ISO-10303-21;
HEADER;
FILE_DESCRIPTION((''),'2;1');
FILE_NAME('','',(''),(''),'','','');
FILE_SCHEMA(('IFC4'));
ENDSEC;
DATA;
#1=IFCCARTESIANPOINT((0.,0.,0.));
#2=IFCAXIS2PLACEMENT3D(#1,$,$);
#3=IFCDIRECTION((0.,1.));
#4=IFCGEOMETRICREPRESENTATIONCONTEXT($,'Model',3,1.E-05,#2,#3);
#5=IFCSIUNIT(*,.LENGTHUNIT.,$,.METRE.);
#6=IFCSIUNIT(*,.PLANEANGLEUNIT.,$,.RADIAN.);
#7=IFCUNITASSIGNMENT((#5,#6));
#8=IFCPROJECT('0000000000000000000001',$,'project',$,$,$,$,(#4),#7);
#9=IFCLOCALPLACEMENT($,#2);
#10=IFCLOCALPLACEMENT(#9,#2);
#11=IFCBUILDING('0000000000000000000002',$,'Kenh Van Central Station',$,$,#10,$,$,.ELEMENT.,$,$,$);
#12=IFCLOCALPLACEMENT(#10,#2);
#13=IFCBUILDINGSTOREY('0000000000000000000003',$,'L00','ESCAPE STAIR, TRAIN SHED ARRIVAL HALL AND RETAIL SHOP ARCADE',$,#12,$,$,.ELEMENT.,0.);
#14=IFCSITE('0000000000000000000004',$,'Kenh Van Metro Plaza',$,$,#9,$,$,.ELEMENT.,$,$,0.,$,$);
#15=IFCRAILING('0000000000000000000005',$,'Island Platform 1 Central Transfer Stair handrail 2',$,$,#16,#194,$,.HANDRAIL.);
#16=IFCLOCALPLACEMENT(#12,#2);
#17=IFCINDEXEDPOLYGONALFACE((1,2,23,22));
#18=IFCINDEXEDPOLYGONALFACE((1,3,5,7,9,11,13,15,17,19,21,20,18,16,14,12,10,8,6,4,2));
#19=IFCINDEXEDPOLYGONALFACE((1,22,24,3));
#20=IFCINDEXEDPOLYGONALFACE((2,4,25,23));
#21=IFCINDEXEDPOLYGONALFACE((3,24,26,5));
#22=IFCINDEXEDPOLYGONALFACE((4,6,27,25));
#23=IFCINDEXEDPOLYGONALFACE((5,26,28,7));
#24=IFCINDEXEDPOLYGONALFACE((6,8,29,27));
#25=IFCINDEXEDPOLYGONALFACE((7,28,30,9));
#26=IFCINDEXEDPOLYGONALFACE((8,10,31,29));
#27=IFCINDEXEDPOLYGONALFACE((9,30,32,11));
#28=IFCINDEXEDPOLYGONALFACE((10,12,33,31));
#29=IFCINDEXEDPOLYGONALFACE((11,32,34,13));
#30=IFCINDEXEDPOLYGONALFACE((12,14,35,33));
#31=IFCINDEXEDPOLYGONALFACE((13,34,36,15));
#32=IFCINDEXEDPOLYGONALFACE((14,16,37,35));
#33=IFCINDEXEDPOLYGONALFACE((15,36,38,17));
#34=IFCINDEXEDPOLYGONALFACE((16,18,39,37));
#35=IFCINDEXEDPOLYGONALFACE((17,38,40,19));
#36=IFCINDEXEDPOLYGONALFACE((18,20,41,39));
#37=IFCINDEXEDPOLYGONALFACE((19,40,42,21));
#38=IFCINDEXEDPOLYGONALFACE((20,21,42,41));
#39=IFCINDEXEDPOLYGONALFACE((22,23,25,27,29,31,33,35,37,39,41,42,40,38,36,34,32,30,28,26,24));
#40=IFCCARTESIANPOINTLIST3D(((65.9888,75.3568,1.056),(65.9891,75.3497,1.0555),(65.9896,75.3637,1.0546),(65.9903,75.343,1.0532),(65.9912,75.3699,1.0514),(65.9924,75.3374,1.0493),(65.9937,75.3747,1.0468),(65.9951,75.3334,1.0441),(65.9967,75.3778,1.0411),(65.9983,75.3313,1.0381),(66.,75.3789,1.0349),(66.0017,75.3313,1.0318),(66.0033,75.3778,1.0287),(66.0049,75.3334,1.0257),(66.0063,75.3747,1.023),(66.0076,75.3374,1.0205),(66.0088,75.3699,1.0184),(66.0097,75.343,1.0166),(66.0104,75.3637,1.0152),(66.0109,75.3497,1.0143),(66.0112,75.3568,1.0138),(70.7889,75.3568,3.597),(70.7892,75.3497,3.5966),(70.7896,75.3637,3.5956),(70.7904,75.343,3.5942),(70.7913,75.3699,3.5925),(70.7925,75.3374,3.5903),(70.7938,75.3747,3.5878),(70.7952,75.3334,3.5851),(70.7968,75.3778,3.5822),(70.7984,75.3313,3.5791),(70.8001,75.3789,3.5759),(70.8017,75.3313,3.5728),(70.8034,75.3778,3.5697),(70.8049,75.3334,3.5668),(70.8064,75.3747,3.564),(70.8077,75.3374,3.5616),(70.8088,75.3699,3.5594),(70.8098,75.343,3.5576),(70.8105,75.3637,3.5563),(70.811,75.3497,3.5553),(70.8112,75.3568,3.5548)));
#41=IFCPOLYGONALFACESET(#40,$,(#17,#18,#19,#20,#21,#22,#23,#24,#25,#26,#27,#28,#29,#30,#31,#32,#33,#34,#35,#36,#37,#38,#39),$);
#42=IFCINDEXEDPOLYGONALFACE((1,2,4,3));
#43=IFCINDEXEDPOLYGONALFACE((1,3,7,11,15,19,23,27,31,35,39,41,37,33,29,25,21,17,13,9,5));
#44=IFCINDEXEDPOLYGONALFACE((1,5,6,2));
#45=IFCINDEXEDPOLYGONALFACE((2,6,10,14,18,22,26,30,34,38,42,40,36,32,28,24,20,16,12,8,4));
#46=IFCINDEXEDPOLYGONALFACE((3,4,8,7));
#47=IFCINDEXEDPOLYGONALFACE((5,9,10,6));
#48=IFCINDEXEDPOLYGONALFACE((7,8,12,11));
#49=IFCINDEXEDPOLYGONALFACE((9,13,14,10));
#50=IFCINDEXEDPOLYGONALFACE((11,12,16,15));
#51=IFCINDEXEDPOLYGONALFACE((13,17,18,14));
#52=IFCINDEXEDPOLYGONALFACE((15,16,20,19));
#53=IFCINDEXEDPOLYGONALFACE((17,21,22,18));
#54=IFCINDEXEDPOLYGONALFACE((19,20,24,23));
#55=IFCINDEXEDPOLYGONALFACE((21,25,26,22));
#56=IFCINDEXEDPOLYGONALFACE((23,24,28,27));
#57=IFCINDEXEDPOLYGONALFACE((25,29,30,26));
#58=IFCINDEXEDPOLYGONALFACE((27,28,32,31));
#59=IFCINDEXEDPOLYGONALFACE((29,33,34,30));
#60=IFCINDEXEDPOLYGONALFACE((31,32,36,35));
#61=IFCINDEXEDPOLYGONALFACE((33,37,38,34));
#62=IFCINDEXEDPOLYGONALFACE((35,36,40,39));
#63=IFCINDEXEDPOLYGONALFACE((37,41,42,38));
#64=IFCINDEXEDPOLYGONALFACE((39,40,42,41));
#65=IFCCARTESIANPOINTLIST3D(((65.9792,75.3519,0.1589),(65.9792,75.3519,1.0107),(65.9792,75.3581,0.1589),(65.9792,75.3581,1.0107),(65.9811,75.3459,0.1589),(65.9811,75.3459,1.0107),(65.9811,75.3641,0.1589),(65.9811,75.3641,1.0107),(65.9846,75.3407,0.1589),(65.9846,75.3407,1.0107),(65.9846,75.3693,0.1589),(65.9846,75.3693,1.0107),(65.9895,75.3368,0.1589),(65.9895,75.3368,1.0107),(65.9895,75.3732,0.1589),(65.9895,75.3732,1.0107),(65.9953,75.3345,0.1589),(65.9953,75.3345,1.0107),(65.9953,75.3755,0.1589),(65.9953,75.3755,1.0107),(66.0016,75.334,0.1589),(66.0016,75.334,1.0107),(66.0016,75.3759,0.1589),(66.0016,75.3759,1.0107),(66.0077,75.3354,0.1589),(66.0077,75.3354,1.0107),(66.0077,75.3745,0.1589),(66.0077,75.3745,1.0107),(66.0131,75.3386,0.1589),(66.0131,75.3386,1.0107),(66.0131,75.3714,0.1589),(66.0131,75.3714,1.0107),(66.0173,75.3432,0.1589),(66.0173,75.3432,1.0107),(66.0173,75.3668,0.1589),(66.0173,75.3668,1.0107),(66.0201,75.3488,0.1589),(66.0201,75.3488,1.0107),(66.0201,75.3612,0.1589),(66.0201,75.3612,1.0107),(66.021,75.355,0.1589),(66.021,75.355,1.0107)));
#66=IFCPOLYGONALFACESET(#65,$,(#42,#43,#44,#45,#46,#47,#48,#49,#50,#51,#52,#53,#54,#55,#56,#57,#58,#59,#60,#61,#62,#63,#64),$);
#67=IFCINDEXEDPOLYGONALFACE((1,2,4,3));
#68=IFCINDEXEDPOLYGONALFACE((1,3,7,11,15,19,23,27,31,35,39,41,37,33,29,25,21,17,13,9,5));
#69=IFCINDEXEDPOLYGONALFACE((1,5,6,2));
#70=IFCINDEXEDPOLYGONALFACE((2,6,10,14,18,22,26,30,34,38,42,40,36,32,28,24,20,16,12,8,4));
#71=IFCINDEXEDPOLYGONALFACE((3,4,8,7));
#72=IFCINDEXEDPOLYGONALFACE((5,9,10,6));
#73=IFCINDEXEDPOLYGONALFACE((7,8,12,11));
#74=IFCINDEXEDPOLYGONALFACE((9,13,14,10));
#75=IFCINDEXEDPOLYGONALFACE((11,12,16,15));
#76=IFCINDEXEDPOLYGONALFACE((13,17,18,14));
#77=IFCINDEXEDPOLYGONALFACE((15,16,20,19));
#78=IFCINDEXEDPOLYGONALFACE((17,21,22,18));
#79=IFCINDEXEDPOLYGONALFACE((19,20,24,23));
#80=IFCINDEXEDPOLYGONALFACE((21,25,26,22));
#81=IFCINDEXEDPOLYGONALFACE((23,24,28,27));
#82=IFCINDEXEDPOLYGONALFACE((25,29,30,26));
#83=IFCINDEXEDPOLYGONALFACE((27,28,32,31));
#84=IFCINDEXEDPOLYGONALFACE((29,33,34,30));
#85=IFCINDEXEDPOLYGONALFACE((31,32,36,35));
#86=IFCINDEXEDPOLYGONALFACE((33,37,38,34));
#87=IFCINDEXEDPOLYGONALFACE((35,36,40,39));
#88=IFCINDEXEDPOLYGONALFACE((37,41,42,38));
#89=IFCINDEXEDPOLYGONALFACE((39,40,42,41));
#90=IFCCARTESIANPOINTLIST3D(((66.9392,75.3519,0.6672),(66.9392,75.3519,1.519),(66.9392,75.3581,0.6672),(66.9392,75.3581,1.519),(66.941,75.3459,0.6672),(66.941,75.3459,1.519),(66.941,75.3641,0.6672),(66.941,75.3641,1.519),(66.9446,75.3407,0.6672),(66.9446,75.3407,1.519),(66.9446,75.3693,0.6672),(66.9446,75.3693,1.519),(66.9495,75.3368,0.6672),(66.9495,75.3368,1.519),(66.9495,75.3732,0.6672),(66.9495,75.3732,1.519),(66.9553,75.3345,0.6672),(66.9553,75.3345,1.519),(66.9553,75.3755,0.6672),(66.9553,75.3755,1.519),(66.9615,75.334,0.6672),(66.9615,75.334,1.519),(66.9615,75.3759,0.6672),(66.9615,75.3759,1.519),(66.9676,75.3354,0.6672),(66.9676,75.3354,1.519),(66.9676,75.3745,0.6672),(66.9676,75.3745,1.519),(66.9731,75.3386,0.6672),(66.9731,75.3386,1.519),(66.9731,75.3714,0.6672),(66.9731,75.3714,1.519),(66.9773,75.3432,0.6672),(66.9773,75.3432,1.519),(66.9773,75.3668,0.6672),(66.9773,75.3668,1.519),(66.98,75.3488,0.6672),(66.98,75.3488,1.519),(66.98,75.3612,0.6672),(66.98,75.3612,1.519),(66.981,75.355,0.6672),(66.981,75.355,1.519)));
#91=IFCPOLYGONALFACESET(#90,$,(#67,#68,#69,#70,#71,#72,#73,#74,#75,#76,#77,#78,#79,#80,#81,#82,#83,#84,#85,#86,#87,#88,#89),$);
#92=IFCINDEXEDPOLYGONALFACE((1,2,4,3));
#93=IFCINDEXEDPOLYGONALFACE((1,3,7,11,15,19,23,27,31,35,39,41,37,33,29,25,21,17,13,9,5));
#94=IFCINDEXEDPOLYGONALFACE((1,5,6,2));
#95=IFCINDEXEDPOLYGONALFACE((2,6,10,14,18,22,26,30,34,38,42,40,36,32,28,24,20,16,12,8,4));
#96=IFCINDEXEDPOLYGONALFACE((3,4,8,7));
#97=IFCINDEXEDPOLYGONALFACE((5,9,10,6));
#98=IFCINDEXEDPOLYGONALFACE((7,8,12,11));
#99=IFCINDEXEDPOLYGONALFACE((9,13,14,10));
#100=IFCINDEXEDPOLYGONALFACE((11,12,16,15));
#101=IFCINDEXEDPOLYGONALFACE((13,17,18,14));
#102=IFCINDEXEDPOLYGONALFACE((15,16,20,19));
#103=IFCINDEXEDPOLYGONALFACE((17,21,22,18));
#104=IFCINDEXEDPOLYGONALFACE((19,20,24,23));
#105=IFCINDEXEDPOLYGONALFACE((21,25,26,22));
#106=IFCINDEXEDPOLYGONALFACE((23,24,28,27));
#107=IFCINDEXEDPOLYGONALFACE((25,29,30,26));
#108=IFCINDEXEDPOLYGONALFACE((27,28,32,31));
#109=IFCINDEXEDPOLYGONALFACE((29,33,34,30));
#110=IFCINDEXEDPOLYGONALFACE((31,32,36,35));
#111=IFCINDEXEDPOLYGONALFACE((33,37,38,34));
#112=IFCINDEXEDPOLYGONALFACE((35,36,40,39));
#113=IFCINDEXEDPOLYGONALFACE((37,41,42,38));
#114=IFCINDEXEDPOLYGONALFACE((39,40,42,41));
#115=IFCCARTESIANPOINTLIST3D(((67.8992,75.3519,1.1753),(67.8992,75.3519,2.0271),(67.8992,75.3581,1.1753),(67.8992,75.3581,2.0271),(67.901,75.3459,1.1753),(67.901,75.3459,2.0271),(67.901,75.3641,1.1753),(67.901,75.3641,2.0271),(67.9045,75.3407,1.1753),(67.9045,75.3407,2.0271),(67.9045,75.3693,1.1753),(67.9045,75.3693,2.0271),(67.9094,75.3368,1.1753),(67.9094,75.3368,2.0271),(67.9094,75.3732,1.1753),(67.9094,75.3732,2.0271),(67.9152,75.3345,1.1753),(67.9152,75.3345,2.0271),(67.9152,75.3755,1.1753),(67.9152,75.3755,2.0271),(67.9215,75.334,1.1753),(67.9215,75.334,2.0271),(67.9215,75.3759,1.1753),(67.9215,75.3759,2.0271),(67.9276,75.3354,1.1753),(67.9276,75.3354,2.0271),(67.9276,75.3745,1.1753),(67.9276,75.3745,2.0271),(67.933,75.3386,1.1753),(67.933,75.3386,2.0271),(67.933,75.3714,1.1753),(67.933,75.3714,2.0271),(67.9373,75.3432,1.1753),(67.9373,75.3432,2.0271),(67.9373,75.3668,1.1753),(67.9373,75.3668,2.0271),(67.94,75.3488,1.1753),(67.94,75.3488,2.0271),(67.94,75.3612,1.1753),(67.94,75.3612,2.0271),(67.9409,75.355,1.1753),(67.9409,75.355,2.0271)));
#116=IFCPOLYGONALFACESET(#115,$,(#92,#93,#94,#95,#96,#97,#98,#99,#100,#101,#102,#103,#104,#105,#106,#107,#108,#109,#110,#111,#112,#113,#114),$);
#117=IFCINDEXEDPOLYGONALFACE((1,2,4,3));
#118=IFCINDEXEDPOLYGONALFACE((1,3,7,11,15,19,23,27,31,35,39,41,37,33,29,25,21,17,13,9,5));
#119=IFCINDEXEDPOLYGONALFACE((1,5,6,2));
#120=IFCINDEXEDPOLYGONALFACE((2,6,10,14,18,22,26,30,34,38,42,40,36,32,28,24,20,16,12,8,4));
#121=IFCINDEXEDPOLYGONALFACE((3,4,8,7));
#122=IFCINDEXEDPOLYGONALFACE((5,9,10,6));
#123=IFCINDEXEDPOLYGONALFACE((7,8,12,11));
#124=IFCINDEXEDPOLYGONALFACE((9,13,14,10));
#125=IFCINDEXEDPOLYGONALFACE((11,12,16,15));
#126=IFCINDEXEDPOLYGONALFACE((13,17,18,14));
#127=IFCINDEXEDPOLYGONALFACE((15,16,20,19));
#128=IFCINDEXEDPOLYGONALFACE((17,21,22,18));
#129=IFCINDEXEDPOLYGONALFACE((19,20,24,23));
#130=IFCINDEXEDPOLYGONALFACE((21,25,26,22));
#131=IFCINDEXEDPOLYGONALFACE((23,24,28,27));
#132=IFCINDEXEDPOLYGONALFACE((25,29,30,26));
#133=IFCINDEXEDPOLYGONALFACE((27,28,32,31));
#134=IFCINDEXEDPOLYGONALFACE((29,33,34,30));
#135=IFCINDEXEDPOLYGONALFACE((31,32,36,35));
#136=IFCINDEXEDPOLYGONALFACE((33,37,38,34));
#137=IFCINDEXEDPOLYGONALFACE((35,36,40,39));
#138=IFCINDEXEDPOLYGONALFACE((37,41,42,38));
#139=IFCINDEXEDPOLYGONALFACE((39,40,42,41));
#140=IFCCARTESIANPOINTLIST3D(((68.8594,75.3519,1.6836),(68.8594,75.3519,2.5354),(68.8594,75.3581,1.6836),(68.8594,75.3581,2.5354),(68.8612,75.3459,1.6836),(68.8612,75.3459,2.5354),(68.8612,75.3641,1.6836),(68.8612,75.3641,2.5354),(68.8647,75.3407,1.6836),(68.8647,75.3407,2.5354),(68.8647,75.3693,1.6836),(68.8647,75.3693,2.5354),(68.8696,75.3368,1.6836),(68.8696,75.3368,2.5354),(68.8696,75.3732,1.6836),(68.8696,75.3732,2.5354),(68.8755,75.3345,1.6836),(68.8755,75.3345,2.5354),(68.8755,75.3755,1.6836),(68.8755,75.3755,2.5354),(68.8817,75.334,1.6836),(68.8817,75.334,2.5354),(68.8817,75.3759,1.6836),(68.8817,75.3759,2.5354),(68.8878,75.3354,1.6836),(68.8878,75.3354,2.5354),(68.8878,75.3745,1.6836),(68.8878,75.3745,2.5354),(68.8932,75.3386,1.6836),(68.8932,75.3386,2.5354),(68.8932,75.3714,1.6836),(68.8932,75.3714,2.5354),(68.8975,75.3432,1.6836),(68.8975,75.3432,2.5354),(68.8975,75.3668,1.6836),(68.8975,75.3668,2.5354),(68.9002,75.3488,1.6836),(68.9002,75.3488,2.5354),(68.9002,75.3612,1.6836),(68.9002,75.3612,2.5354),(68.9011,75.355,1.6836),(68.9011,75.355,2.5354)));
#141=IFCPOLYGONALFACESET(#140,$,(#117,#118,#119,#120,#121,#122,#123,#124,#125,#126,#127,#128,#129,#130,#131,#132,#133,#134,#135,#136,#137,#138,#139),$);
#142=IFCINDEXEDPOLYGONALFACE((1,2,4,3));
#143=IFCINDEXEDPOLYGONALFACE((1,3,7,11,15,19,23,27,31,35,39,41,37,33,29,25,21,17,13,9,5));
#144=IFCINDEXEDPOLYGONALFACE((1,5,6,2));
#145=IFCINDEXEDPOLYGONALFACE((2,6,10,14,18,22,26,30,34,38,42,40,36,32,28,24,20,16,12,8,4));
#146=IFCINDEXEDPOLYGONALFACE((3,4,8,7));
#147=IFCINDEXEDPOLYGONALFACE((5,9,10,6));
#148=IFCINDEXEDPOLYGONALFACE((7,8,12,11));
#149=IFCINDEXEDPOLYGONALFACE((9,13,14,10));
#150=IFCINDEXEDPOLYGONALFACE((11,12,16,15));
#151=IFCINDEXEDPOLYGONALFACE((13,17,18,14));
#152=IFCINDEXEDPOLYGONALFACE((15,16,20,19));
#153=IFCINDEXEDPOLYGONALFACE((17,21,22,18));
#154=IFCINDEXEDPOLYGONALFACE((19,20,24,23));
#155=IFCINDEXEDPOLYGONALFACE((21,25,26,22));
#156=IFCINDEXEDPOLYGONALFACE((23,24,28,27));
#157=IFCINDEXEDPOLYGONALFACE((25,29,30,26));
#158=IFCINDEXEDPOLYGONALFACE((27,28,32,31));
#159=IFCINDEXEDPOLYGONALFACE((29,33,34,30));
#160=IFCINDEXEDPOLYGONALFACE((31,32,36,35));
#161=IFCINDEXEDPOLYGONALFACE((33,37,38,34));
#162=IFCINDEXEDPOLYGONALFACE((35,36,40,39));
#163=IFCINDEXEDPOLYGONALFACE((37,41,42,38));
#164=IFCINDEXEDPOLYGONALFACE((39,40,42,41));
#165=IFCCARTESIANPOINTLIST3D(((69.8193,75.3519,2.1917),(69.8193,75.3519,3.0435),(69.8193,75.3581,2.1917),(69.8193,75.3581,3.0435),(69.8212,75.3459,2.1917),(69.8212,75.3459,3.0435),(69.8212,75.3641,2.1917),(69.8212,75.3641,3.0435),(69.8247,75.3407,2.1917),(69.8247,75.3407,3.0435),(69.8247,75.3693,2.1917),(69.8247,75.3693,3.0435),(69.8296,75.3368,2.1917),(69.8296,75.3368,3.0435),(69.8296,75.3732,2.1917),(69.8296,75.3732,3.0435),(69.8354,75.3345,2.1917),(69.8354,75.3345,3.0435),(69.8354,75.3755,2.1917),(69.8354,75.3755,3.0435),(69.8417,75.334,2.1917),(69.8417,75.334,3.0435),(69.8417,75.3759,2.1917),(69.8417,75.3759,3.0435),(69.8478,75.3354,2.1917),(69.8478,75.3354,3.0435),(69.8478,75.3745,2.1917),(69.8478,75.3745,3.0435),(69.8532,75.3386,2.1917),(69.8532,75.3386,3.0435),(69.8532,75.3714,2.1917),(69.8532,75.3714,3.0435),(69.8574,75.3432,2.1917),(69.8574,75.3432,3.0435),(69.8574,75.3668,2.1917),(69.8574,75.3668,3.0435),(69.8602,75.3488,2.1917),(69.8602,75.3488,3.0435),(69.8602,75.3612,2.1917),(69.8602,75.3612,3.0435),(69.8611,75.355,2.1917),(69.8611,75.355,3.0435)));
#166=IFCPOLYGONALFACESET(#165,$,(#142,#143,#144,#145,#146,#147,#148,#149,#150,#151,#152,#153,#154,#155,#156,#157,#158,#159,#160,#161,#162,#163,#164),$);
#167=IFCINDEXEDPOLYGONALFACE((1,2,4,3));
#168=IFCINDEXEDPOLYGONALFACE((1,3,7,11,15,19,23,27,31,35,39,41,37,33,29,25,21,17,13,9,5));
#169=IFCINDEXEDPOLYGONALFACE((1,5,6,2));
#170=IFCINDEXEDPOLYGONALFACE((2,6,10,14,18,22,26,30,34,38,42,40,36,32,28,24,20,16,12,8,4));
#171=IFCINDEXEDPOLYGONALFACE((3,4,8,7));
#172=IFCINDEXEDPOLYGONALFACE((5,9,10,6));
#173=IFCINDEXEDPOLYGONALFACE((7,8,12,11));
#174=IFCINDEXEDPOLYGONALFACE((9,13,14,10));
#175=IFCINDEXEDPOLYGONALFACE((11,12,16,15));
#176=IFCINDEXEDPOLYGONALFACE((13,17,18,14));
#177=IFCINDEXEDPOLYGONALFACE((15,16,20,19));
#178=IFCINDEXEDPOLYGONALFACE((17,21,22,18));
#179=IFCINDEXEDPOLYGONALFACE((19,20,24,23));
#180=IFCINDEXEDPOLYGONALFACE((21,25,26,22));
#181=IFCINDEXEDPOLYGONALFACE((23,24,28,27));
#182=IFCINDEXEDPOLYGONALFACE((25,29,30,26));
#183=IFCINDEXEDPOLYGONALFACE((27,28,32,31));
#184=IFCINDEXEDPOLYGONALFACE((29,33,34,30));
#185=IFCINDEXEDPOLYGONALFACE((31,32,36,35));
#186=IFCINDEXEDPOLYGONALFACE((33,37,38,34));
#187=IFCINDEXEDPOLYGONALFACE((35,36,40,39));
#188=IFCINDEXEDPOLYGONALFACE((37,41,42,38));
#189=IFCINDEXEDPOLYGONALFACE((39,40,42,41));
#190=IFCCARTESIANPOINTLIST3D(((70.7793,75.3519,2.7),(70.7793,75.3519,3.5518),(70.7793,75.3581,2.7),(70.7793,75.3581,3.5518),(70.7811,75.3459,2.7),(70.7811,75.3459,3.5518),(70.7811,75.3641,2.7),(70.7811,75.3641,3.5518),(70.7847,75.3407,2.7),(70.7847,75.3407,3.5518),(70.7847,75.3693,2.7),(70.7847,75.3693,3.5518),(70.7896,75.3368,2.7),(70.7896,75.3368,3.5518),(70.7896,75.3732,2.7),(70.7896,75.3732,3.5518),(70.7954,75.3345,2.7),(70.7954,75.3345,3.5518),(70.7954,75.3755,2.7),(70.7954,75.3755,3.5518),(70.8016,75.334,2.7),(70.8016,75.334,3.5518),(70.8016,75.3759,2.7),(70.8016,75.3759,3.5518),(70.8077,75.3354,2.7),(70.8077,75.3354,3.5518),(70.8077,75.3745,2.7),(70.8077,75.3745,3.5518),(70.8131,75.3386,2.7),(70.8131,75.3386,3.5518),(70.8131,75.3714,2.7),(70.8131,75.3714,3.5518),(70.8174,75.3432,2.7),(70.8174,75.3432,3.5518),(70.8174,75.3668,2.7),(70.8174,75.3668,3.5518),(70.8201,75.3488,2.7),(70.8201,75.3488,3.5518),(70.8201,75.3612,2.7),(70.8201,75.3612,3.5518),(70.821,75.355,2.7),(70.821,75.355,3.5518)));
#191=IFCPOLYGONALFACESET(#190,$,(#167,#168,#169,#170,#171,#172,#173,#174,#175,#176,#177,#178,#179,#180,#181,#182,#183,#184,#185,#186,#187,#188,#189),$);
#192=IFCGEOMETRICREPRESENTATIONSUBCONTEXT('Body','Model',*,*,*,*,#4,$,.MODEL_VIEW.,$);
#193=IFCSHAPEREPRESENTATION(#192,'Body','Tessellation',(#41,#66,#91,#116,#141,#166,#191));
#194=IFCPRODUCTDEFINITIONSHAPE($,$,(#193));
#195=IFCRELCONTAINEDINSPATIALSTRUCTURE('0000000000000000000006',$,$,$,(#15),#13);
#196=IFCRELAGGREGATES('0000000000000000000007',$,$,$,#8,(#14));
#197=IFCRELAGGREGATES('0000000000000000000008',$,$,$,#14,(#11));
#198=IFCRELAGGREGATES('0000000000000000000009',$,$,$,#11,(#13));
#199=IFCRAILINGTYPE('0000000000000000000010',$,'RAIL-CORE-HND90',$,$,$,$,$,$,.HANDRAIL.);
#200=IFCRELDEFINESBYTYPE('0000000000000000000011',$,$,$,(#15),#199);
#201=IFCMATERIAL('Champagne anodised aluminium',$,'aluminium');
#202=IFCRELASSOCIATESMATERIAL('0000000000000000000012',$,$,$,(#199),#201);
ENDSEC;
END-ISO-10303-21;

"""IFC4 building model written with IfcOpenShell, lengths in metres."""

from ifc_helpers import new_model, si_unit, direction, frame, origin, origin_2d, place, context, subcontext, project, spatial, circle, extrude, material, type_object, element, save


model = new_model("IFC4")

# Units and contexts
model_context = context("Model", 3, precision=1e-05, world=origin(), true_north=direction((0.0, 1.0)))
body_context = subcontext(model_context, "Body", "Model", "MODEL_VIEW")
ifc_project = project(units=[si_unit("LENGTHUNIT", "METRE"), si_unit("PLANEANGLEUNIT", "RADIAN")], contexts=[model_context])

# Site, building, storey
site_placement = place(None, origin())
site = spatial("IfcSite", under=ifc_project, at=site_placement, Name="Kenh Van Metro Plaza", CompositionType="ELEMENT", RefElevation=0.0)
building_placement = place(site_placement, origin())
building = spatial("IfcBuilding", under=site, at=building_placement, Name="Kenh Van Central Station", CompositionType="ELEMENT")
storey_placement = place(building_placement, origin())
storey = spatial("IfcBuildingStorey", under=building, at=storey_placement, Name="L00", Description="ESCAPE STAIR, TRAIN SHED ARRIVAL HALL AND RETAIL SHOP ARCADE", CompositionType="ELEMENT", Elevation=0.0)

# Railing
ifc_material_1 = material(Name="Champagne anodised aluminium", Category="aluminium")
railing_type_1 = type_object("IfcRailingType", Name="RAIL-CORE-HND90", PredefinedType="HANDRAIL", material=ifc_material_1)
for number, where, name in (
    (1, (66.0, 75.355, 0.1589), "Island Platform 1 Central Transfer Stair handrail 2"),
):
    element("IfcRailing", number, at=place(storey_placement, frame(where)), inside=storey, type_object=railing_type_1, Name=name, PredefinedType="HANDRAIL", context=body_context, shape_type="SweptSolid", body=[
        extrude(circle(Radius=0.0239, at=origin_2d()), frame((0.0, 0.0, 0.876), z_axis=(0.883802, 0.0, 0.467861), x_axis=(0.0, 1.0, 0.0)), (0.0, 0.0, 1.0), 5.4312),
        extrude(circle(Radius=0.021, at=origin_2d()), origin(), (0.0, 0.0, 1.0), 0.8518),
        extrude(circle(Radius=0.021, at=origin_2d()), frame((0.96, 0.0, 0.5083)), (0.0, 0.0, 1.0), 0.8518),
        extrude(circle(Radius=0.021, at=origin_2d()), frame((1.9199, 0.0, 1.0164)), (0.0, 0.0, 1.0), 0.8518),
        extrude(circle(Radius=0.021, at=origin_2d()), frame((2.8801, 0.0, 1.5247)), (0.0, 0.0, 1.0), 0.8518),
        extrude(circle(Radius=0.021, at=origin_2d()), frame((3.8401, 0.0, 2.0327)), (0.0, 0.0, 1.0), 0.8518),
        extrude(circle(Radius=0.021, at=origin_2d()), frame((4.8, 0.0, 2.541)), (0.0, 0.0, 1.0), 0.8518),
    ])

save(model, "model.ifc")
